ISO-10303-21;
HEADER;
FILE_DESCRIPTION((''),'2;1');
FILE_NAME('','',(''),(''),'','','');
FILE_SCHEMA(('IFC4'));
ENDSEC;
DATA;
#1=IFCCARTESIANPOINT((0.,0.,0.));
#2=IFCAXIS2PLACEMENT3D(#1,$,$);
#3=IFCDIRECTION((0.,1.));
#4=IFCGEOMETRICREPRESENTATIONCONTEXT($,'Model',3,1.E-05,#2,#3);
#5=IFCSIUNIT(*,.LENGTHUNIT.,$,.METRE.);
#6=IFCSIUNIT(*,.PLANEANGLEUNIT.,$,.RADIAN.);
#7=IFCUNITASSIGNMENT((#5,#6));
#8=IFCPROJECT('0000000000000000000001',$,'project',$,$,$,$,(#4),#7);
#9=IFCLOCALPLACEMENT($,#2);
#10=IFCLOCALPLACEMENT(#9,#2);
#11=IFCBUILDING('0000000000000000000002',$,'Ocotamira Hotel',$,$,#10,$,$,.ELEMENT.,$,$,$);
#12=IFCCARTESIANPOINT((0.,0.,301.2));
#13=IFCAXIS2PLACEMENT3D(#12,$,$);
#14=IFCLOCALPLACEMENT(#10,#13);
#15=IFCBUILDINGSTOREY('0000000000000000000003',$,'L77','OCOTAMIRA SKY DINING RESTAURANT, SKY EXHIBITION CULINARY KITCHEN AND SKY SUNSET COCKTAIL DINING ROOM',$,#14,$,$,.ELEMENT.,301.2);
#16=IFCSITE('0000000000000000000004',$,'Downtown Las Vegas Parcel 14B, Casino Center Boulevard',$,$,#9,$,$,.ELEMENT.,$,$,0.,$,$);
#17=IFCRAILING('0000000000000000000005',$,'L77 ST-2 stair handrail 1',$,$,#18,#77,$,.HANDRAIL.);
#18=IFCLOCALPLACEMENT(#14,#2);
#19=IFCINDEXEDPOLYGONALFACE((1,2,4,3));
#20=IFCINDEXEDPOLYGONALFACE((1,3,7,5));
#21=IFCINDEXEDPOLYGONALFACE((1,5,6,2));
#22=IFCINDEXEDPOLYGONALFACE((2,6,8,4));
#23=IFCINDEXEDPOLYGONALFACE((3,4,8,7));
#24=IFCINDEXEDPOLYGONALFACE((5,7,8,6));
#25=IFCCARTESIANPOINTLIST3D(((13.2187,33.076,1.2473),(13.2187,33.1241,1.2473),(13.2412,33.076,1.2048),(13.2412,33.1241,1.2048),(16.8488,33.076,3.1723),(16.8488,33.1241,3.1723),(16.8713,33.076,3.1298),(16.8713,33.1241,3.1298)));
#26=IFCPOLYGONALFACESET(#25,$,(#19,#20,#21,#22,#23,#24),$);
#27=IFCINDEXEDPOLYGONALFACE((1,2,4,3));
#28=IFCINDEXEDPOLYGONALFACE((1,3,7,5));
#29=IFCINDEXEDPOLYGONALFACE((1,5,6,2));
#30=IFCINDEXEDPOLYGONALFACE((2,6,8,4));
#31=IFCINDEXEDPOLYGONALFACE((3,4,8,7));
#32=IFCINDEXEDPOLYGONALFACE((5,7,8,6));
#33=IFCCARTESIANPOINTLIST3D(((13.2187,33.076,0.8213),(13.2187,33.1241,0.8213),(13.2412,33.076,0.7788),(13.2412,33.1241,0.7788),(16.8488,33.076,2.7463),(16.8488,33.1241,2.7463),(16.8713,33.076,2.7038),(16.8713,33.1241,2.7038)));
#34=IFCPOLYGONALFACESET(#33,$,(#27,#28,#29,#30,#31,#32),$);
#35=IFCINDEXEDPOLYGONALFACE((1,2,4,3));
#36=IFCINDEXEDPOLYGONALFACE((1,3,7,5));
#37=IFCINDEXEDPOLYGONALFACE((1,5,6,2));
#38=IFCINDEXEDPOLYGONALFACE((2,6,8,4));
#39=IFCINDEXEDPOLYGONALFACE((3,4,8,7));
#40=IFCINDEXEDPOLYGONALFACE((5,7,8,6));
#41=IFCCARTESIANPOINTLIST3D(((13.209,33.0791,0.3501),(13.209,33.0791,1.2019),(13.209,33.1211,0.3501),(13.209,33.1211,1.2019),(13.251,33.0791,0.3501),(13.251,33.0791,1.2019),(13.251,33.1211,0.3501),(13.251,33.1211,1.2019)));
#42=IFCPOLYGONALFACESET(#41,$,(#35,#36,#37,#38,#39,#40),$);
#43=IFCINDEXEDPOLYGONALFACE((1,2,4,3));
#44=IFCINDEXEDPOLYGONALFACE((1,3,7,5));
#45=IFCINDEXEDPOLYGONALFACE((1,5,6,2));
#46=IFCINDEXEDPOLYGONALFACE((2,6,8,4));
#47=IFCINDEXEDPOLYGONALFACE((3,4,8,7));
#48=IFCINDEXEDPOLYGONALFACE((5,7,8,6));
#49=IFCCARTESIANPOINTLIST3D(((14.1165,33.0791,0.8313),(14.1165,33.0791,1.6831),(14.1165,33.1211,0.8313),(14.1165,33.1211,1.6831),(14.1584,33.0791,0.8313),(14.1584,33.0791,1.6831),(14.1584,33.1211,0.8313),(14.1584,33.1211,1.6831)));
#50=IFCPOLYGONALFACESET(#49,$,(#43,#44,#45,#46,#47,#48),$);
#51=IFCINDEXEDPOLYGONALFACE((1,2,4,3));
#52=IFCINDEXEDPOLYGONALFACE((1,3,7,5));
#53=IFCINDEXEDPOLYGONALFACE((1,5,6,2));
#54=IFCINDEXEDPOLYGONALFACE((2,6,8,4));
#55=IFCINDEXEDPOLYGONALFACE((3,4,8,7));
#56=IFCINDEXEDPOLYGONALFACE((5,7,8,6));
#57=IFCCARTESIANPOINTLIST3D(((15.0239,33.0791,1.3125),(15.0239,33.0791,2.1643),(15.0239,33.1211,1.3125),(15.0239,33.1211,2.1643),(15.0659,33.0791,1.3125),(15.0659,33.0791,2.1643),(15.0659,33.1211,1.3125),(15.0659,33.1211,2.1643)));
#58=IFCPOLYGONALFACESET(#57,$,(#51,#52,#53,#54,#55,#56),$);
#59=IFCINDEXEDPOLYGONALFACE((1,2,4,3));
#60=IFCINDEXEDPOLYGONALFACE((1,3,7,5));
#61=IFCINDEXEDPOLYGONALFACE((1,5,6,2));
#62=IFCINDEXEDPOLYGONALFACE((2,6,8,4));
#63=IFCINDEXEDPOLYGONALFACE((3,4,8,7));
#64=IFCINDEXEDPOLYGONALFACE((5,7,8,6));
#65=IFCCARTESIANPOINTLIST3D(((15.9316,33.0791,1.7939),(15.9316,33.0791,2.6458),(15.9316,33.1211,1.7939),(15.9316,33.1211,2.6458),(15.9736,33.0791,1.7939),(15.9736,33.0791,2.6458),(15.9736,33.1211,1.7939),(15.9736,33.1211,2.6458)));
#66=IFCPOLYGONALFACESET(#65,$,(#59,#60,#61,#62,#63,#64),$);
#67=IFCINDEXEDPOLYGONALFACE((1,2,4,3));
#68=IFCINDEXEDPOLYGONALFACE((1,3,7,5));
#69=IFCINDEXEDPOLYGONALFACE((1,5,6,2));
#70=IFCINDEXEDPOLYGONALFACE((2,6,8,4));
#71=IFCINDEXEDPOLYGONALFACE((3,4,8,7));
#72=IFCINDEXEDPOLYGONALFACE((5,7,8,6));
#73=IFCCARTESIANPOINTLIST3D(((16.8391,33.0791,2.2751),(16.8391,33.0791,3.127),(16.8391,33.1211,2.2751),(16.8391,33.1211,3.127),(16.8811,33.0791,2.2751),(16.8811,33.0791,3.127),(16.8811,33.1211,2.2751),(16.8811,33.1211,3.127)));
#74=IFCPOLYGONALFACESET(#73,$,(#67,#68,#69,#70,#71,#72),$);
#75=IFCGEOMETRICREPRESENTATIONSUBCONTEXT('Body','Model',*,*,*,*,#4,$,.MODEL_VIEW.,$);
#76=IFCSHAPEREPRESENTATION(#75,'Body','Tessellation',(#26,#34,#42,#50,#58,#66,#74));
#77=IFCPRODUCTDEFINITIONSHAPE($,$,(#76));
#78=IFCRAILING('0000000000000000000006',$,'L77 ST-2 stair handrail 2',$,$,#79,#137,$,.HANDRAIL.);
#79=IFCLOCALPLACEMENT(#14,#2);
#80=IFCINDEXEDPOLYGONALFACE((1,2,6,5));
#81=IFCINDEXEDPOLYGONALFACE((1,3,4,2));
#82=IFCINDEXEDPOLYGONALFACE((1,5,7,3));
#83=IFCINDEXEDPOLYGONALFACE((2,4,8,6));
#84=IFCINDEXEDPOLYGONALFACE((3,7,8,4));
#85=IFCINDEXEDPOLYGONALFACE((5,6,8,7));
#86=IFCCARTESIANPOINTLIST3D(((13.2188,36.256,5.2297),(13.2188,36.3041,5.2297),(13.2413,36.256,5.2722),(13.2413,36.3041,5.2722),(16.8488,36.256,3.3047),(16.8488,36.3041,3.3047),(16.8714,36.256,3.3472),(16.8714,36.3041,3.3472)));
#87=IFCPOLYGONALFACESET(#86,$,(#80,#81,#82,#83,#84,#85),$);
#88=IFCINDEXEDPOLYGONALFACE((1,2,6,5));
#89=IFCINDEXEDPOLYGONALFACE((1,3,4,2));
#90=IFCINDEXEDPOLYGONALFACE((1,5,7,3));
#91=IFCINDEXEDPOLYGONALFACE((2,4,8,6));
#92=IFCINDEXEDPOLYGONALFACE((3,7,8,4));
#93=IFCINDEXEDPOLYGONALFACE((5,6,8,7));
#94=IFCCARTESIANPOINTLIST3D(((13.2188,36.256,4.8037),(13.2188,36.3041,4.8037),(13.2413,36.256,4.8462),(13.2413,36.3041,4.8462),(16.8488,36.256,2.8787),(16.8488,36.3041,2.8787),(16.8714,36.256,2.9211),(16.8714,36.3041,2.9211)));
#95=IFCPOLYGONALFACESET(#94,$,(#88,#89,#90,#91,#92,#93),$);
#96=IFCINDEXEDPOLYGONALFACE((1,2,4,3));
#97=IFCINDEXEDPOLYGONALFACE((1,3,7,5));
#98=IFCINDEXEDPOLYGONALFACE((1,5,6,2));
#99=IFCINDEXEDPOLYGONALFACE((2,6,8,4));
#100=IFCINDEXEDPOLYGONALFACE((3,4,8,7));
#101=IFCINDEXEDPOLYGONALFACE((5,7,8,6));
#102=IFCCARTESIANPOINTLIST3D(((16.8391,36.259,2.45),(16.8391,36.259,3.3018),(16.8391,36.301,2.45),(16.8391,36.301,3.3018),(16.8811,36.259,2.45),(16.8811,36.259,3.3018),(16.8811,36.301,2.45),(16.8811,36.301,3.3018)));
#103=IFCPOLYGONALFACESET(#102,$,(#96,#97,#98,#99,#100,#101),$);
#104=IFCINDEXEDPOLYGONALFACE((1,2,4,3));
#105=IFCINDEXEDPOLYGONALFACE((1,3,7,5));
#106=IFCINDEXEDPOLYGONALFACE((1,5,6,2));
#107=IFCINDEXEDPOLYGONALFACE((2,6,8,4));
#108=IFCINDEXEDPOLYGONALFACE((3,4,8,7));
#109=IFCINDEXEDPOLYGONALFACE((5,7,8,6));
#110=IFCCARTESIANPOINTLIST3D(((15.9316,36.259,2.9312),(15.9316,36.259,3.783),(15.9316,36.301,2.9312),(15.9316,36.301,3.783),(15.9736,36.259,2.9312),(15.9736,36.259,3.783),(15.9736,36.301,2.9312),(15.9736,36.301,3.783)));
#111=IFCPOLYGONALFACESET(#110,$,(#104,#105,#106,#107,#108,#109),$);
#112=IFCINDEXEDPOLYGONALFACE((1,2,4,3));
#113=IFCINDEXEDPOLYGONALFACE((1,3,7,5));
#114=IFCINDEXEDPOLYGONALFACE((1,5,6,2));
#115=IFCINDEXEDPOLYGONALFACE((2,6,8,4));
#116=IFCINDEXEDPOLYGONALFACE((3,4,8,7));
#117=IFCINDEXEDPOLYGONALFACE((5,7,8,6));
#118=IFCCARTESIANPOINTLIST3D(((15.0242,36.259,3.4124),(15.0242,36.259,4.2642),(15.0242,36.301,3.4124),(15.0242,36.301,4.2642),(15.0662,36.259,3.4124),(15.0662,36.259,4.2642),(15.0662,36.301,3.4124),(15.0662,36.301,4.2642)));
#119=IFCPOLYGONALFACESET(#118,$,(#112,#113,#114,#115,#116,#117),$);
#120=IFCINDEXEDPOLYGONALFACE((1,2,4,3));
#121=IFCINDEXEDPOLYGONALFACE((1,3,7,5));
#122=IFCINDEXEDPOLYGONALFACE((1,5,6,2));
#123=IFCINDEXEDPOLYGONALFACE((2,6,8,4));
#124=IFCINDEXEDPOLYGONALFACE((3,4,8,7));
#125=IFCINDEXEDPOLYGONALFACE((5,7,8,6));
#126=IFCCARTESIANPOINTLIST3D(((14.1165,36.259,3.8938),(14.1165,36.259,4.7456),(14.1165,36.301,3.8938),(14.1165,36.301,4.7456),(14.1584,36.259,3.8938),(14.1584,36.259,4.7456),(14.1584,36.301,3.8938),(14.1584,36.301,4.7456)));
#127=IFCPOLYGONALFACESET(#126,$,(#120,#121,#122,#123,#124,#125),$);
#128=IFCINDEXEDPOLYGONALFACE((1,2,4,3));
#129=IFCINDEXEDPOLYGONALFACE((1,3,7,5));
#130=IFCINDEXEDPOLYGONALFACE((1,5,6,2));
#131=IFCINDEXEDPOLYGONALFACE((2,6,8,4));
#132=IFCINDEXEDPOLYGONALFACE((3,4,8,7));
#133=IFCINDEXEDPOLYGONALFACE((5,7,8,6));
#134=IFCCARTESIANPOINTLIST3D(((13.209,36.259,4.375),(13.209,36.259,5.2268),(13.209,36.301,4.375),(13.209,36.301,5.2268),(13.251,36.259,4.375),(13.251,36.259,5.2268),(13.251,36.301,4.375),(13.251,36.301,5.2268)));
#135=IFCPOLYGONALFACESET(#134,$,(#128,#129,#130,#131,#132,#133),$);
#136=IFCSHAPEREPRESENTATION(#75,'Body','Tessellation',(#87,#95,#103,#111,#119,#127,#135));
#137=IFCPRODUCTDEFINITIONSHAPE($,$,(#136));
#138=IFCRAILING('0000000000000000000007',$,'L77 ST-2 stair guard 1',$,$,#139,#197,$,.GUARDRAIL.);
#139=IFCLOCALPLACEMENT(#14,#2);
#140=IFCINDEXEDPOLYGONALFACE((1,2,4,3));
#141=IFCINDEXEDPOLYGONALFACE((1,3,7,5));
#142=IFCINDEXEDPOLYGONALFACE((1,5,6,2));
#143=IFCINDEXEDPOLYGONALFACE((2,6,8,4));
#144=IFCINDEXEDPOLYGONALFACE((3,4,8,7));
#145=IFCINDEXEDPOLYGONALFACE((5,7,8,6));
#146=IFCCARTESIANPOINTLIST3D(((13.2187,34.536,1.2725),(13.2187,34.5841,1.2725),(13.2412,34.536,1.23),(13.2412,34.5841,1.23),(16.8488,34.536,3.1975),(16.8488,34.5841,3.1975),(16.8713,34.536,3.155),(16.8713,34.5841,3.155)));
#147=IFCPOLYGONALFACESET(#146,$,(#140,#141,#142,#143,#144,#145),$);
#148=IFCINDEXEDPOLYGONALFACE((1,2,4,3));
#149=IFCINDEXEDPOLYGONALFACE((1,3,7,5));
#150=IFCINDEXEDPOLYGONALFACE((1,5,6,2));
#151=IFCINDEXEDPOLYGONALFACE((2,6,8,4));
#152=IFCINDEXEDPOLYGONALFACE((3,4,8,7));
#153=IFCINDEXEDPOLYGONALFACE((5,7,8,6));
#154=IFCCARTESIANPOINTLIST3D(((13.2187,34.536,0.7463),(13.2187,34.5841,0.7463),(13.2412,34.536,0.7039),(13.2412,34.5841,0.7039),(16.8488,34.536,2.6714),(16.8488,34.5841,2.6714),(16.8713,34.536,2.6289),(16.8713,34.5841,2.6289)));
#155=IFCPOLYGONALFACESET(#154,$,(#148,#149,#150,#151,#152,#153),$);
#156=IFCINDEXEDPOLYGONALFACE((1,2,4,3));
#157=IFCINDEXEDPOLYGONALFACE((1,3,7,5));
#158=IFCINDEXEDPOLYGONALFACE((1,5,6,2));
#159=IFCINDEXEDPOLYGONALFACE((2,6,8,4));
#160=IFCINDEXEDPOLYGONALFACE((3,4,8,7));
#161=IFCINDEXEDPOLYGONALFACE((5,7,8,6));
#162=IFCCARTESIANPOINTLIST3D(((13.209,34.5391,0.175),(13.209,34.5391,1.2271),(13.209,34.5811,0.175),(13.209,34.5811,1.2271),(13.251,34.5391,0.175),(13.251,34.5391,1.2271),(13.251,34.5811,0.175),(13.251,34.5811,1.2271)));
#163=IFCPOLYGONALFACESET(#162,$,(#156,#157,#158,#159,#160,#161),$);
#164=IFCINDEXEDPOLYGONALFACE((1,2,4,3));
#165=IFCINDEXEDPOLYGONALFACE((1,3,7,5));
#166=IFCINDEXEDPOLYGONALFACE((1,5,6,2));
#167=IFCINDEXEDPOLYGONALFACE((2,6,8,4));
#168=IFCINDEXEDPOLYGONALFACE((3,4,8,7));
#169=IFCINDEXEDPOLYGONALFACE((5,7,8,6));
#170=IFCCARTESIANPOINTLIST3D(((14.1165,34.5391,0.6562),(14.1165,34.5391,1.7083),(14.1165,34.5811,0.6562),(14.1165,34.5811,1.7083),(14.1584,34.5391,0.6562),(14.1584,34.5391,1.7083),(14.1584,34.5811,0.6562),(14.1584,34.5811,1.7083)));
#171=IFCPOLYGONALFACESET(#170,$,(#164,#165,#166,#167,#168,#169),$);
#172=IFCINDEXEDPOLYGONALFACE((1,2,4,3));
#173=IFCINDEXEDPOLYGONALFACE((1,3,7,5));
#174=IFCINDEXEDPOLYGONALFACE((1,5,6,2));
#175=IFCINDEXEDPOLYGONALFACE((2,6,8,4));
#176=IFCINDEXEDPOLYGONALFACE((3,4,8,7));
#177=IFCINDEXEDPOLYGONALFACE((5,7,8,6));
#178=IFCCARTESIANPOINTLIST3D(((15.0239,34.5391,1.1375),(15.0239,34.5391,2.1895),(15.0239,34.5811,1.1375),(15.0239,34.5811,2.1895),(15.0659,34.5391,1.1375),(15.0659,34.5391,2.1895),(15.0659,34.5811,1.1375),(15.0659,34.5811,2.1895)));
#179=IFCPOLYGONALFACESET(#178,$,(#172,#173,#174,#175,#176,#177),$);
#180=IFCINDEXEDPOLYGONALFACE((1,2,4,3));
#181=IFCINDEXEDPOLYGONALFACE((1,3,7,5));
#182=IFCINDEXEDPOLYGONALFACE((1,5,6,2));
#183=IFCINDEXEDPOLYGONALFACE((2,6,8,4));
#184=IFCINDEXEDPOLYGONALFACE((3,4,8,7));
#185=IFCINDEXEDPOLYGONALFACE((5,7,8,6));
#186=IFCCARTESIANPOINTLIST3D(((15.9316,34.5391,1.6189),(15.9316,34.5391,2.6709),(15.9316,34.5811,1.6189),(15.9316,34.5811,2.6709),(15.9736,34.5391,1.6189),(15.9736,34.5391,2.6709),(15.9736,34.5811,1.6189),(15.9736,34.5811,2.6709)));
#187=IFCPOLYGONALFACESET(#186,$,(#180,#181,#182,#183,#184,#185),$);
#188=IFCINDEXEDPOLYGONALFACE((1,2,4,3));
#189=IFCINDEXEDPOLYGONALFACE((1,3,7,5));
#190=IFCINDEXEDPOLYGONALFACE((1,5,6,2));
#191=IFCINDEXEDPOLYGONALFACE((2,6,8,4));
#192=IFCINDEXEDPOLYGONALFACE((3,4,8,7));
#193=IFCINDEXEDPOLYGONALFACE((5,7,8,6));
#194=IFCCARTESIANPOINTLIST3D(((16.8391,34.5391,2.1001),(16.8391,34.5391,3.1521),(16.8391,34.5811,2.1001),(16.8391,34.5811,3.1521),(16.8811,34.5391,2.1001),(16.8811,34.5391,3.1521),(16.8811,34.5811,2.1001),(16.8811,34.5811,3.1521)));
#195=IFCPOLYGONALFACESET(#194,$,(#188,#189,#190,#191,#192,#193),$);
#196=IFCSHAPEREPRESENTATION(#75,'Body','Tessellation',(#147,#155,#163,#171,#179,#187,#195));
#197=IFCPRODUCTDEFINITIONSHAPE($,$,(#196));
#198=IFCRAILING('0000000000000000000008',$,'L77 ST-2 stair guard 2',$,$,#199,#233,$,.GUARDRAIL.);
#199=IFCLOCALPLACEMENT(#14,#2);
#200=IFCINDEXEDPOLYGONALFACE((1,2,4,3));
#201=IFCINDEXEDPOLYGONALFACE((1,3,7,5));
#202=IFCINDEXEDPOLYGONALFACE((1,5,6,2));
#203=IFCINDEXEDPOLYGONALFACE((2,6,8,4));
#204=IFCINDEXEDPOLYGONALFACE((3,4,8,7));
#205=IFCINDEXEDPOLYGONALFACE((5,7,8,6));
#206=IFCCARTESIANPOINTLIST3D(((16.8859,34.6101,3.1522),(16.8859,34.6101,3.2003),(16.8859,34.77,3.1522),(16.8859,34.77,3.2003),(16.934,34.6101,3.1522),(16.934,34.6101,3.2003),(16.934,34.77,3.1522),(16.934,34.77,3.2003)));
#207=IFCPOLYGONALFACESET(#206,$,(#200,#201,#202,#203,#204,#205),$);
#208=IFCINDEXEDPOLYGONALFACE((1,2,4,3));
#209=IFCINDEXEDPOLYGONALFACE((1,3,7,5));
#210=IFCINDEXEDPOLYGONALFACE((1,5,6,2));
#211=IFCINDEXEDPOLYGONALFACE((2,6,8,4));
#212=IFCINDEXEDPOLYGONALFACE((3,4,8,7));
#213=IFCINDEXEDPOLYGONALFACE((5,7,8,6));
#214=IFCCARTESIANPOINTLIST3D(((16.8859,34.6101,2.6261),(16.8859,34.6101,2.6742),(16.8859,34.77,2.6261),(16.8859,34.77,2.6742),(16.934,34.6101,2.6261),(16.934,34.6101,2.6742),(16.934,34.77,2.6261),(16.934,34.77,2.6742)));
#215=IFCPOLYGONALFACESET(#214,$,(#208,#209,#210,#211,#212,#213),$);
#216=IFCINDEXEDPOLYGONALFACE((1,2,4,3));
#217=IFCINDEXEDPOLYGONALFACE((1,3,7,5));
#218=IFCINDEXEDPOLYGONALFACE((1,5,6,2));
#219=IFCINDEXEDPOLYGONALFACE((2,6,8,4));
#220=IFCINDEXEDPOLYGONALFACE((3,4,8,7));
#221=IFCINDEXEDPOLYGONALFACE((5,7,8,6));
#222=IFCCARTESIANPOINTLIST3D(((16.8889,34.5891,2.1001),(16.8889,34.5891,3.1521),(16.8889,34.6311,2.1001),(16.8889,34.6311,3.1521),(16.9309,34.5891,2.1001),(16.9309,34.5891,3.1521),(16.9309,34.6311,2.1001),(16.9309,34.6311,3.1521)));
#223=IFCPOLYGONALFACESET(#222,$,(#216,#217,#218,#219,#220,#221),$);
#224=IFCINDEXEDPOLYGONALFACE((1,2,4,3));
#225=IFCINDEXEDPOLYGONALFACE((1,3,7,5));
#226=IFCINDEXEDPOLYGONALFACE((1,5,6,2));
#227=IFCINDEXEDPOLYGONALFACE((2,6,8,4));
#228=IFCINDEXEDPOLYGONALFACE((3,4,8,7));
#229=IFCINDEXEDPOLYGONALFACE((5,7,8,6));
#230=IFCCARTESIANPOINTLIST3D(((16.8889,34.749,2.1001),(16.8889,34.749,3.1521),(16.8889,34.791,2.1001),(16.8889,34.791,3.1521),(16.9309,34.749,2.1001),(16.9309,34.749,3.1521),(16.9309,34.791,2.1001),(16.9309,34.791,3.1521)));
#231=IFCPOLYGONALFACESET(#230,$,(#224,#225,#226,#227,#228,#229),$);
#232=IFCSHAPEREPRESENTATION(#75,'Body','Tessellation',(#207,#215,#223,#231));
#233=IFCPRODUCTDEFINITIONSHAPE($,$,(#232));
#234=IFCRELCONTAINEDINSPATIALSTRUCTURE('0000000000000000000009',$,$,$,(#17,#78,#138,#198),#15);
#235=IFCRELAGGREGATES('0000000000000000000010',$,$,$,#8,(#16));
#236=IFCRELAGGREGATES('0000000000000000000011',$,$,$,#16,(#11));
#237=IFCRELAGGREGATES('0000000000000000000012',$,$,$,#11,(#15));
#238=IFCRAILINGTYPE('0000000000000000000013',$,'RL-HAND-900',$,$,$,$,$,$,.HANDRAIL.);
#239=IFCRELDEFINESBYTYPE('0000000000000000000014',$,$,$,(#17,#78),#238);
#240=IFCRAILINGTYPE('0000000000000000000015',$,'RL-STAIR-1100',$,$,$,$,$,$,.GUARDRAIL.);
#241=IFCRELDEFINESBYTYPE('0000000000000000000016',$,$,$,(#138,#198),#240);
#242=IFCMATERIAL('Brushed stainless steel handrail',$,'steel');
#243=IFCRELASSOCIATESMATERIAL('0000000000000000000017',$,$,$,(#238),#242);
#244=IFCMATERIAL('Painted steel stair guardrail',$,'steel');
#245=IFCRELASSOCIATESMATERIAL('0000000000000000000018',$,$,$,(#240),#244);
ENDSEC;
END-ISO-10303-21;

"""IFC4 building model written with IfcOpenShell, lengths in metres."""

from ifc_helpers import new_model, si_unit, direction, frame, origin, origin_2d, place, context, subcontext, project, spatial, rectangle, extrude, material, type_object, element, save


model = new_model("IFC4")

# Units and contexts
model_context = context("Model", 3, precision=1e-05, world=origin(), true_north=direction((0.0, 1.0)))
body_context = subcontext(model_context, "Body", "Model", "MODEL_VIEW")
ifc_project = project(units=[si_unit("LENGTHUNIT", "METRE"), si_unit("PLANEANGLEUNIT", "RADIAN")], contexts=[model_context])

# Site, building, storey
site_placement = place(None, origin())
site = spatial("IfcSite", under=ifc_project, at=site_placement, Name="Downtown Las Vegas Parcel 14B, Casino Center Boulevard", CompositionType="ELEMENT", RefElevation=0.0)
building_placement = place(site_placement, origin())
building = spatial("IfcBuilding", under=site, at=building_placement, Name="Ocotamira Hotel", CompositionType="ELEMENT")
storey_placement = place(building_placement, frame((0.0, 0.0, 301.2)))
storey = spatial("IfcBuildingStorey", under=building, at=storey_placement, Name="L77", Description="OCOTAMIRA SKY DINING RESTAURANT, SKY EXHIBITION CULINARY KITCHEN AND SKY SUNSET COCKTAIL DINING ROOM", CompositionType="ELEMENT", Elevation=301.2)

# Railings
ifc_material_1 = material(Name="Brushed stainless steel handrail", Category="steel")
railing_type_1 = type_object("IfcRailingType", Name="RL-HAND-900", PredefinedType="HANDRAIL", material=ifc_material_1)
railing_1_placement = place(storey_placement, frame((13.23, 33.1001, 0.3501)))
element("IfcRailing", 1, at=railing_1_placement, inside=storey, type_object=railing_type_1, Name="L77 ST-2 stair handrail 1", PredefinedType="HANDRAIL", context=body_context, shape_type="SweptSolid", body=[
    extrude(rectangle(XDim=0.0481, YDim=0.0481, at=origin_2d()), frame((0.0, 0.0, 0.876), z_axis=(0.883464, 0.0, 0.468499), x_axis=(0.0, 1.0, 0.0)), (0.0, 0.0, 1.0), 4.1089),
    extrude(rectangle(XDim=0.0481, YDim=0.0481, at=origin_2d()), frame((0.0, 0.0, 0.45), z_axis=(0.883464, 0.0, 0.468499), x_axis=(0.0, 1.0, 0.0)), (0.0, 0.0, 1.0), 4.1089),
    extrude(rectangle(XDim=0.042, YDim=0.042, at=origin_2d()), origin(), (0.0, 0.0, 1.0), 0.8518),
    extrude(rectangle(XDim=0.042, YDim=0.042, at=origin_2d()), frame((0.9075, 0.0, 0.4812)), (0.0, 0.0, 1.0), 0.8518),
    extrude(rectangle(XDim=0.042, YDim=0.042, at=origin_2d()), frame((1.8149, 0.0, 0.9624)), (0.0, 0.0, 1.0), 0.8518),
    extrude(rectangle(XDim=0.042, YDim=0.042, at=origin_2d()), frame((2.7227, 0.0, 1.4438)), (0.0, 0.0, 1.0), 0.8518),
    extrude(rectangle(XDim=0.042, YDim=0.042, at=origin_2d()), frame((3.6301, 0.0, 1.925)), (0.0, 0.0, 1.0), 0.8518),
])
railing_2_placement = place(storey_placement, frame((16.8601, 36.28, 2.45)))
element("IfcRailing", 2, at=railing_2_placement, inside=storey, type_object=railing_type_1, Name="L77 ST-2 stair handrail 2", PredefinedType="HANDRAIL", context=body_context, shape_type="SweptSolid", body=[
    extrude(rectangle(XDim=0.0481, YDim=0.0481, at=origin_2d()), frame((0.0, 0.0, 0.876), z_axis=(-0.883464, 0.0, 0.468499), x_axis=(0.0, -1.0, 0.0)), (0.0, 0.0, 1.0), 4.1089),
    extrude(rectangle(XDim=0.0481, YDim=0.0481, at=origin_2d()), frame((0.0, 0.0, 0.45), z_axis=(-0.883464, 0.0, 0.468499), x_axis=(0.0, -1.0, 0.0)), (0.0, 0.0, 1.0), 4.1089),
    extrude(rectangle(XDim=0.042, YDim=0.042, at=origin_2d()), origin(), (0.0, 0.0, 1.0), 0.8518),
    extrude(rectangle(XDim=0.042, YDim=0.042, at=origin_2d()), frame((-0.9075, 0.0, 0.4812)), (0.0, 0.0, 1.0), 0.8518),
    extrude(rectangle(XDim=0.042, YDim=0.042, at=origin_2d()), frame((-1.8149, 0.0, 0.9624)), (0.0, 0.0, 1.0), 0.8518),
    extrude(rectangle(XDim=0.042, YDim=0.042, at=origin_2d()), frame((-2.7227, 0.0, 1.4438)), (0.0, 0.0, 1.0), 0.8518),
    extrude(rectangle(XDim=0.042, YDim=0.042, at=origin_2d()), frame((-3.6301, 0.0, 1.925)), (0.0, 0.0, 1.0), 0.8518),
])
ifc_material_2 = material(Name="Painted steel stair guardrail", Category="steel")
railing_type_2 = type_object("IfcRailingType", Name="RL-STAIR-1100", PredefinedType="GUARDRAIL", material=ifc_material_2)
railing_3_placement = place(storey_placement, frame((13.23, 34.5601, 0.175)))
element("IfcRailing", 3, at=railing_3_placement, inside=storey, type_object=railing_type_2, Name="L77 ST-2 stair guard 1", PredefinedType="GUARDRAIL", context=body_context, shape_type="SweptSolid", body=[
    extrude(rectangle(XDim=0.0481, YDim=0.0481, at=origin_2d()), frame((0.0, 0.0, 1.0762), z_axis=(0.883464, 0.0, 0.468499), x_axis=(0.0, 1.0, 0.0)), (0.0, 0.0, 1.0), 4.1089),
    extrude(rectangle(XDim=0.0481, YDim=0.0481, at=origin_2d()), frame((0.0, 0.0, 0.55), z_axis=(0.883464, 0.0, 0.468499), x_axis=(0.0, 1.0, 0.0)), (0.0, 0.0, 1.0), 4.1089),
    extrude(rectangle(XDim=0.042, YDim=0.042, at=origin_2d()), origin(), (0.0, 0.0, 1.0), 1.052),
    extrude(rectangle(XDim=0.042, YDim=0.042, at=origin_2d()), frame((0.9075, 0.0, 0.4812)), (0.0, 0.0, 1.0), 1.052),
    extrude(rectangle(XDim=0.042, YDim=0.042, at=origin_2d()), frame((1.8149, 0.0, 0.9624)), (0.0, 0.0, 1.0), 1.052),
    extrude(rectangle(XDim=0.042, YDim=0.042, at=origin_2d()), frame((2.7227, 0.0, 1.4438)), (0.0, 0.0, 1.0), 1.052),
    extrude(rectangle(XDim=0.042, YDim=0.042, at=origin_2d()), frame((3.6301, 0.0, 1.925)), (0.0, 0.0, 1.0), 1.052),
])
railing_4_placement = place(storey_placement, frame((16.9099, 34.6101, 2.1001)))
element("IfcRailing", 4, at=railing_4_placement, inside=storey, type_object=railing_type_2, Name="L77 ST-2 stair guard 2", PredefinedType="GUARDRAIL", context=body_context, shape_type="SweptSolid", body=[
    extrude(rectangle(XDim=0.0481, YDim=0.0481, at=origin_2d()), frame((0.0, 0.0, 1.0762), z_axis=(0.0, 1.0, 0.0), x_axis=(-1.0, 0.0, 0.0)), (0.0, 0.0, 1.0), 0.1599),
    extrude(rectangle(XDim=0.0481, YDim=0.0481, at=origin_2d()), frame((0.0, 0.0, 0.55), z_axis=(0.0, 1.0, 0.0), x_axis=(-1.0, 0.0, 0.0)), (0.0, 0.0, 1.0), 0.1599),
    extrude(rectangle(XDim=0.042, YDim=0.042, at=origin_2d()), origin(), (0.0, 0.0, 1.0), 1.052),
    extrude(rectangle(XDim=0.042, YDim=0.042, at=origin_2d()), frame((0.0, 0.1599, 0.0)), (0.0, 0.0, 1.0), 1.052),
])

save(model, "model.ifc")
